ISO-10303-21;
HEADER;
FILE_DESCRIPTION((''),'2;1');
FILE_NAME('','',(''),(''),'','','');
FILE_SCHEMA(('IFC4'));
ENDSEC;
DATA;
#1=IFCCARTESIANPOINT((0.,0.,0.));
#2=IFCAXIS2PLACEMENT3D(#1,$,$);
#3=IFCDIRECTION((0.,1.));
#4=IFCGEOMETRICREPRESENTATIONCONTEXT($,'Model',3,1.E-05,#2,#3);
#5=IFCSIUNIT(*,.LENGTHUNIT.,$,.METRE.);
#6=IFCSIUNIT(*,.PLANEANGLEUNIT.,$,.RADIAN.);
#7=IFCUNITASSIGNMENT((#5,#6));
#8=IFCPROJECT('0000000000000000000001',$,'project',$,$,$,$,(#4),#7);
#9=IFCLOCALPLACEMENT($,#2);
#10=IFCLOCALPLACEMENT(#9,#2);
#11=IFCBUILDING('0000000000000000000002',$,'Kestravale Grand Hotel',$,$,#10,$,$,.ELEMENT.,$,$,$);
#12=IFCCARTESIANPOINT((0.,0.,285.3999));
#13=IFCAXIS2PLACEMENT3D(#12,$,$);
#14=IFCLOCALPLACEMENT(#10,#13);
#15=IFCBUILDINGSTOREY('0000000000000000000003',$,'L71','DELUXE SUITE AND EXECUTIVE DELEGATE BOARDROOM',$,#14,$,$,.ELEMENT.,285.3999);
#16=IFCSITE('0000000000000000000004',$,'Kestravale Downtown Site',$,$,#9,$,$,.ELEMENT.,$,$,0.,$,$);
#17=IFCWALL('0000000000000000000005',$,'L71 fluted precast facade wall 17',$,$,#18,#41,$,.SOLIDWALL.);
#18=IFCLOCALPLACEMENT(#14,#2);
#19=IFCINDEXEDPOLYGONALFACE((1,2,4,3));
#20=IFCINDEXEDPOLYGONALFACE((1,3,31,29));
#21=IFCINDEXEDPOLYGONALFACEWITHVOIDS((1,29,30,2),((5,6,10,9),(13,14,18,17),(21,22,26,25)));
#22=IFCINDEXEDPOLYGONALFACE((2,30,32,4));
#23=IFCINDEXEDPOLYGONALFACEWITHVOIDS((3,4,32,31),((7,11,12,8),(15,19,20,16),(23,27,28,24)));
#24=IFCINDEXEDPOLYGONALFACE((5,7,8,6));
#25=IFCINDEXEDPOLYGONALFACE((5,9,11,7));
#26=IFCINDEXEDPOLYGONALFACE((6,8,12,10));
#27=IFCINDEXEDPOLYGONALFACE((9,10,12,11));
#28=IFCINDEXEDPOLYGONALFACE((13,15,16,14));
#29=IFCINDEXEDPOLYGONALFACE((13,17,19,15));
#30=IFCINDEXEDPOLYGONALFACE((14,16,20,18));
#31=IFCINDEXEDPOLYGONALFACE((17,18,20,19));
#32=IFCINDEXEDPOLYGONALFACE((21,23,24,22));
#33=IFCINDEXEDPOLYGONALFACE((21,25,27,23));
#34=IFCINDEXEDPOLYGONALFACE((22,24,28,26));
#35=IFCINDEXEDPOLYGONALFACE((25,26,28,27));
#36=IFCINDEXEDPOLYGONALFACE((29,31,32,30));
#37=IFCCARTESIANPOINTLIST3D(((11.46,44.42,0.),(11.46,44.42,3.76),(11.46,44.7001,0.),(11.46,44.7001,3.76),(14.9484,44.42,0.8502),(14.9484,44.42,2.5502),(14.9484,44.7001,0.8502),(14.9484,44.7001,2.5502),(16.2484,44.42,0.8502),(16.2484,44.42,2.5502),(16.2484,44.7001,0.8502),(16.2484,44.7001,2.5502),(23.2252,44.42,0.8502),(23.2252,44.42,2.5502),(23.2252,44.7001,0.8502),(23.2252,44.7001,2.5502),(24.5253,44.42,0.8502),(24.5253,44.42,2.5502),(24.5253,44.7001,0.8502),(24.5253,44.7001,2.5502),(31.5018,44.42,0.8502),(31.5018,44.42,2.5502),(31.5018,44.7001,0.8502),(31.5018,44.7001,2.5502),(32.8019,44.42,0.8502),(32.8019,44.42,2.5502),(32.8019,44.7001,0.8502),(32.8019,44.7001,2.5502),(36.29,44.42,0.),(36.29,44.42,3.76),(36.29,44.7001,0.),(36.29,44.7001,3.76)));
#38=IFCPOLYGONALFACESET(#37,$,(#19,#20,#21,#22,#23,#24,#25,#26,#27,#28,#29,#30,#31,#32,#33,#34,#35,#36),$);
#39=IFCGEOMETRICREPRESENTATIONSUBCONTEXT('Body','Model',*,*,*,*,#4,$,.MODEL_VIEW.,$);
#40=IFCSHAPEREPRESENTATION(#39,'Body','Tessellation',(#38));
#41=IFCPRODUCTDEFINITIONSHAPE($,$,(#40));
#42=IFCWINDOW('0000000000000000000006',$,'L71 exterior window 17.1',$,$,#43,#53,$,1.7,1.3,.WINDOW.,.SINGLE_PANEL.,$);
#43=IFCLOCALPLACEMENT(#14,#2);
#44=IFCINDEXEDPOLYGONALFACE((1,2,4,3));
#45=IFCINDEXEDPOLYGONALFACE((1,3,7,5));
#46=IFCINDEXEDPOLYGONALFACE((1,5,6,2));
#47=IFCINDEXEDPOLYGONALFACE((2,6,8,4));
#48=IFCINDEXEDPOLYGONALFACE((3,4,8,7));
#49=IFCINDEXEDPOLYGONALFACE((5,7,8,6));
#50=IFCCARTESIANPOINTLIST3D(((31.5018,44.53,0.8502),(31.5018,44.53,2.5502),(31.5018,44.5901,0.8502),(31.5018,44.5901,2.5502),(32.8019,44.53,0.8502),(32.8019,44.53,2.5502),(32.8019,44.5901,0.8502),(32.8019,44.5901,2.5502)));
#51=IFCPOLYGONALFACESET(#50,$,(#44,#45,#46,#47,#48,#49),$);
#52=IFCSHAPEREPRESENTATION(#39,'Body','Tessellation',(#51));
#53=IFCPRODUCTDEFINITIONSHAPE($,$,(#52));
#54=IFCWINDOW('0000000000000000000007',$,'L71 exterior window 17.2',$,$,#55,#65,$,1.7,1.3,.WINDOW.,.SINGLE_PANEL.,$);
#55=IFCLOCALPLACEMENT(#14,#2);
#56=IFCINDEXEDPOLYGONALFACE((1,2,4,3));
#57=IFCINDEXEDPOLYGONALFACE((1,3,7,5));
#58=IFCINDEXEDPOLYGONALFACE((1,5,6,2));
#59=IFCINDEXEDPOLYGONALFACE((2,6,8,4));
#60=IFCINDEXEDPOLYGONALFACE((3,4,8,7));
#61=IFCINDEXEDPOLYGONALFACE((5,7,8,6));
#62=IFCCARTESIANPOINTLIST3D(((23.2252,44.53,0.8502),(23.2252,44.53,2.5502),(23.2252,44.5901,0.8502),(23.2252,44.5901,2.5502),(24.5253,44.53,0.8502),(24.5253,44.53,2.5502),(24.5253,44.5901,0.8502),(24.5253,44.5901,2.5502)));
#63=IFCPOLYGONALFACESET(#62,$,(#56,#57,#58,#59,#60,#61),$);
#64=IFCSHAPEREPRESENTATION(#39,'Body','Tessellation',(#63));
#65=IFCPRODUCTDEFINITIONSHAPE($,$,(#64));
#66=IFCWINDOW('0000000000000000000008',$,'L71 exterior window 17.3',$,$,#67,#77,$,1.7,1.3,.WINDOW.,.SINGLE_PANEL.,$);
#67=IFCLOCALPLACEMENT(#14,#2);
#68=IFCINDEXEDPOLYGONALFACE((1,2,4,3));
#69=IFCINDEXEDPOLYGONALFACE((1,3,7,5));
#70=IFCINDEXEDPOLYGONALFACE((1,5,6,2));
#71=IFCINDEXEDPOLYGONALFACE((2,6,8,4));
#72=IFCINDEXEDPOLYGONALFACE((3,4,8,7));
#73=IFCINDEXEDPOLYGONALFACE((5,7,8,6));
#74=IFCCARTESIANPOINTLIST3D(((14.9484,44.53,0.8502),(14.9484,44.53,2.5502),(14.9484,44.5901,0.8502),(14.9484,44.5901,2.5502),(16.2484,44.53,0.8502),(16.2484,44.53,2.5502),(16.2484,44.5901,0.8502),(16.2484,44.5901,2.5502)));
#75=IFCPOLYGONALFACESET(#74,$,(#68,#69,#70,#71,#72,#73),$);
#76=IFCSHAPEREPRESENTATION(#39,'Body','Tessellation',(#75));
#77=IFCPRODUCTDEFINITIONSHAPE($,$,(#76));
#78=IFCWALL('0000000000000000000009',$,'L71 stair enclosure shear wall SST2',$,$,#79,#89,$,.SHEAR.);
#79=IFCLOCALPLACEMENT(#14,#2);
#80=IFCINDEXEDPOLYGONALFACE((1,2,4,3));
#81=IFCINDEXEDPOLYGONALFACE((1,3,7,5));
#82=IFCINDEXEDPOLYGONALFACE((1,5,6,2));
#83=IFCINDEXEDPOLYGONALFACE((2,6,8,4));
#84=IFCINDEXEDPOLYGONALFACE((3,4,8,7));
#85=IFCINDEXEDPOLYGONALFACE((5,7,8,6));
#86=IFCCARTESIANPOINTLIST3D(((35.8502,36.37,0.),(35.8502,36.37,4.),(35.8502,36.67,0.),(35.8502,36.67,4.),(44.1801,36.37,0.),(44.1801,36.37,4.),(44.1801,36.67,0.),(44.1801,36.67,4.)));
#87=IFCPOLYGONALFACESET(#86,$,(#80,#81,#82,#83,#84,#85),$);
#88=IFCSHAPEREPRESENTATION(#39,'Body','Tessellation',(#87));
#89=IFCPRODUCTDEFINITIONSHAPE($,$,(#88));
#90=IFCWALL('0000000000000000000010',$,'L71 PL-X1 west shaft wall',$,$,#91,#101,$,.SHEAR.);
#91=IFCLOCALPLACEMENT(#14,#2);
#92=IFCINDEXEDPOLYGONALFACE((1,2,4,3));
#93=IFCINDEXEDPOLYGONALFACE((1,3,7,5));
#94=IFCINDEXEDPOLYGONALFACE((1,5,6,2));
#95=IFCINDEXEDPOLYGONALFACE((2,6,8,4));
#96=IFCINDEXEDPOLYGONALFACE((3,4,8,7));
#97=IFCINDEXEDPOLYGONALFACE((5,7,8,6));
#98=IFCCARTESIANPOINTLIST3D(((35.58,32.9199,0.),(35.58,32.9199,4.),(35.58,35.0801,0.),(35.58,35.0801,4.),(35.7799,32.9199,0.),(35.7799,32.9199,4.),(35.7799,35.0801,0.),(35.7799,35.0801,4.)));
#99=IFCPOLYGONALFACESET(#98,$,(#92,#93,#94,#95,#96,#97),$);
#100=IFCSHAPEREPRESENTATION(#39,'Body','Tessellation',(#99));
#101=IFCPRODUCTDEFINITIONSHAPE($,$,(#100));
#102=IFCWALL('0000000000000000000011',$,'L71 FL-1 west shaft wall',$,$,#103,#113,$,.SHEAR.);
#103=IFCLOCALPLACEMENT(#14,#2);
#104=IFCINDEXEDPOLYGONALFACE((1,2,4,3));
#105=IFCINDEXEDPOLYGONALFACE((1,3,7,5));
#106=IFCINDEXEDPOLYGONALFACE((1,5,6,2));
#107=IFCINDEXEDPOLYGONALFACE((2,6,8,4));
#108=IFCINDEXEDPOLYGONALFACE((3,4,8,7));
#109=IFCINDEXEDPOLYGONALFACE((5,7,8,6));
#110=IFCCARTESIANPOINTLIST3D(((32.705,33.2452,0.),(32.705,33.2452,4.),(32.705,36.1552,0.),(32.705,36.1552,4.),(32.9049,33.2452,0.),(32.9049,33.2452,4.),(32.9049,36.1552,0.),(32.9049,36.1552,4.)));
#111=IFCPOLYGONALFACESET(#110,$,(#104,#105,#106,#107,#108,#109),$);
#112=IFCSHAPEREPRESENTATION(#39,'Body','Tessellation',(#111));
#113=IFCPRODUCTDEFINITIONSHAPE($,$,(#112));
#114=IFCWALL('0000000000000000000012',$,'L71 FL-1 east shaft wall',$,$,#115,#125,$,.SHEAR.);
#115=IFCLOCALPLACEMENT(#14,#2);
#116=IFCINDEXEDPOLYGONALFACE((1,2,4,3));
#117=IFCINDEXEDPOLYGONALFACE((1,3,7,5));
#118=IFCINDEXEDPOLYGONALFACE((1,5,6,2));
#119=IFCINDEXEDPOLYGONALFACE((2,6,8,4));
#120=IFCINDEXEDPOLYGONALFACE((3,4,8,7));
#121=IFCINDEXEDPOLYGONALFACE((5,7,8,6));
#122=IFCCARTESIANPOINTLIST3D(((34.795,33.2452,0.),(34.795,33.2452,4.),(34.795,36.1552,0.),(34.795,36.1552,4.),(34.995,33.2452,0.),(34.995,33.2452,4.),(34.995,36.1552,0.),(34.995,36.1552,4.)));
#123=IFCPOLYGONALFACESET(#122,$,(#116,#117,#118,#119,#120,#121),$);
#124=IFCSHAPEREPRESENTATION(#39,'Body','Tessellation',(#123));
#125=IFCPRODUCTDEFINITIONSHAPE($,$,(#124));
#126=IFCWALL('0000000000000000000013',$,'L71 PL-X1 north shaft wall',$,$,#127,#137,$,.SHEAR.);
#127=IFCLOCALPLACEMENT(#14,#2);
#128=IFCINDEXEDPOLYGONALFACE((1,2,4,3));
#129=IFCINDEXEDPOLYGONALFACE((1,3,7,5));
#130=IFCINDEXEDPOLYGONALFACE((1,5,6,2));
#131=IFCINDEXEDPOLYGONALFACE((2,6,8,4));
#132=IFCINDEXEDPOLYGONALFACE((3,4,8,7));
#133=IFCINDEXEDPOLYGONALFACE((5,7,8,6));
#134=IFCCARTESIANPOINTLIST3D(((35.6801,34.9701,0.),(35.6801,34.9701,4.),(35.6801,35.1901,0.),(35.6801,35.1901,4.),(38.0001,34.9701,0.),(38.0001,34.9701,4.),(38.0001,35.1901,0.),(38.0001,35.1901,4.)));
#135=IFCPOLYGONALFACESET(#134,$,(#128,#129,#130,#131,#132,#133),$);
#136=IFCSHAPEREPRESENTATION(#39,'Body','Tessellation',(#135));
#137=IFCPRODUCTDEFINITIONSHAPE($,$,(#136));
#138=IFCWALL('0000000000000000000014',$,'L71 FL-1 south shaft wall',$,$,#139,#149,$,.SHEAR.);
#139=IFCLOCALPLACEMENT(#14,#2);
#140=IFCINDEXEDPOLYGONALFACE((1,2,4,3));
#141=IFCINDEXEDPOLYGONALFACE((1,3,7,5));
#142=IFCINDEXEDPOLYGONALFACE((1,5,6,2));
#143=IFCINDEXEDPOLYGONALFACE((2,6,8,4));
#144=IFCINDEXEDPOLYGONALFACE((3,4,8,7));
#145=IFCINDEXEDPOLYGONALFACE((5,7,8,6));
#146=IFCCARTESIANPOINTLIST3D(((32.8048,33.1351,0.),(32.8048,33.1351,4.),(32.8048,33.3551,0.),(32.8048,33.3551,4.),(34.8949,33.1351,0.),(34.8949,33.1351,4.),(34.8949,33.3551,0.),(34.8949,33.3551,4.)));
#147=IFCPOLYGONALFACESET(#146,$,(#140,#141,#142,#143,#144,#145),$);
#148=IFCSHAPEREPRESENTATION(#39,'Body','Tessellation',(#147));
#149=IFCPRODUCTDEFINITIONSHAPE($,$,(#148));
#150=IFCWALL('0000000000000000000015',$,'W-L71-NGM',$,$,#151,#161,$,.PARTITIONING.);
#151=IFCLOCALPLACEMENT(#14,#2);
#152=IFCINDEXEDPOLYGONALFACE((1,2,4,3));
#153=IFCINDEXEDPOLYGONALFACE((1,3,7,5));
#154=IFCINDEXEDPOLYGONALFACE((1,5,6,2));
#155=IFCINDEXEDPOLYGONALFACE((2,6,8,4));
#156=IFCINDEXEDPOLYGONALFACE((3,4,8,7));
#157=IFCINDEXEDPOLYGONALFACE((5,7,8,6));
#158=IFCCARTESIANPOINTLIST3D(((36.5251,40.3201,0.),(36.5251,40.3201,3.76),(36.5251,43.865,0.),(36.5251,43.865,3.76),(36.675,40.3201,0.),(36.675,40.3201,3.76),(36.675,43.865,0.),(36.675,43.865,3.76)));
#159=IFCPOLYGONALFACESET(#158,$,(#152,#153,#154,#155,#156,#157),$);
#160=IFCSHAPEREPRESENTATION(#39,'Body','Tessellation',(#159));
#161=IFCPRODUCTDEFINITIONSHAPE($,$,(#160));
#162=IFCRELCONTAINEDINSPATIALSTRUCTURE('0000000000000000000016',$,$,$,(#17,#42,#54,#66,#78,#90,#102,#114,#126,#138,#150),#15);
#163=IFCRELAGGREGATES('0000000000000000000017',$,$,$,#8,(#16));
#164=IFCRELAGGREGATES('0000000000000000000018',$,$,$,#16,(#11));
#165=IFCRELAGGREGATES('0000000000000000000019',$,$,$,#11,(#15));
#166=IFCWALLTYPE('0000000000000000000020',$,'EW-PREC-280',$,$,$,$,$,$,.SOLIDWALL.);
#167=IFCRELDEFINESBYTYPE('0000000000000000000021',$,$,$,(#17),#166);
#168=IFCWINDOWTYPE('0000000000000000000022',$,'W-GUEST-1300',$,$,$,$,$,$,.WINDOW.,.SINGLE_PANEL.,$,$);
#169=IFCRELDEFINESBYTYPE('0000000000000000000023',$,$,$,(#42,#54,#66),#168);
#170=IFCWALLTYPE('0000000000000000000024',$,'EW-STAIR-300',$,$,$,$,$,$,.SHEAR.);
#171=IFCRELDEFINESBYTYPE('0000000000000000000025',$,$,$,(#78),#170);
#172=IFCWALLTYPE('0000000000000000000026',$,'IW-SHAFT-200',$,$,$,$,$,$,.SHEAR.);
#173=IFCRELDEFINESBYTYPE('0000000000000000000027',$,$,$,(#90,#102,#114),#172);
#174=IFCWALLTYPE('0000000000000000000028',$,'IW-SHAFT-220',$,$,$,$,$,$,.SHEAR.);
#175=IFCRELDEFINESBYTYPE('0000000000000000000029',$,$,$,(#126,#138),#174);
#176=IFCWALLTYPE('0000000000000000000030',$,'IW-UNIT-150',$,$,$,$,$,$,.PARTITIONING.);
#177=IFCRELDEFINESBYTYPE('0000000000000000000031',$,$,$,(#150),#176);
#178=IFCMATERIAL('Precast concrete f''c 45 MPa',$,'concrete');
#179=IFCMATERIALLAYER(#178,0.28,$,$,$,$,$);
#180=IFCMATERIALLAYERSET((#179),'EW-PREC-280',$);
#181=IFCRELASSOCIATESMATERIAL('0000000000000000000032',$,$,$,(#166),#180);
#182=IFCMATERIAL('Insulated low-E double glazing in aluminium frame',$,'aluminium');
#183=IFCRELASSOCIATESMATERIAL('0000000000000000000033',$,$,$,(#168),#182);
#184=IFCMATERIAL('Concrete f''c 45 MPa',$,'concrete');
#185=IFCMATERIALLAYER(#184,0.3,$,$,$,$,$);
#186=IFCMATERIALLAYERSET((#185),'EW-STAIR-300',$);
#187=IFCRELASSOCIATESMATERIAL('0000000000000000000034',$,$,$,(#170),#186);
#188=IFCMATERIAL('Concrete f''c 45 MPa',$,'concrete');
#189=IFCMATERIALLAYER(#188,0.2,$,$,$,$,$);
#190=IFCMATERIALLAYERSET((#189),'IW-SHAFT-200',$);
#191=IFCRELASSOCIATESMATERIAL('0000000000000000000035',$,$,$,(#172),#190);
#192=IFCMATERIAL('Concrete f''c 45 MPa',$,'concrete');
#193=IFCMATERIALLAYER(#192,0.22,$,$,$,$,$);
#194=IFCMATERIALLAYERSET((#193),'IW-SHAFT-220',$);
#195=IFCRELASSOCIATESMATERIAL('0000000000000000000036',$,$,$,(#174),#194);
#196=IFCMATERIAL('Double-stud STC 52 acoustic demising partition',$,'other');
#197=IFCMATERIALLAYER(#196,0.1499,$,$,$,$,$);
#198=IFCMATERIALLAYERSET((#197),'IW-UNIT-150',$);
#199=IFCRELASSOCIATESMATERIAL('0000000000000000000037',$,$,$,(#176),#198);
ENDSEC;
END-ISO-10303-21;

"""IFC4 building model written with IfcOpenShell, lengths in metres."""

from ifc_helpers import new_model, si_unit, direction, frame, frame_2d, origin, place, context, subcontext, project, spatial, rectangle, extrude, material, layer, layer_set, type_object, element, fill, save


model = new_model("IFC4")

# Units and contexts
model_context = context("Model", 3, precision=1e-05, world=origin(), true_north=direction((0.0, 1.0)))
body_context = subcontext(model_context, "Body", "Model", "MODEL_VIEW")
ifc_project = project(units=[si_unit("LENGTHUNIT", "METRE"), si_unit("PLANEANGLEUNIT", "RADIAN")], contexts=[model_context])

# Site, building, storey
site_placement = place(None, origin())
site = spatial("IfcSite", under=ifc_project, at=site_placement, Name="Kestravale Downtown Site", CompositionType="ELEMENT", RefElevation=0.0)
building_placement = place(site_placement, origin())
building = spatial("IfcBuilding", under=site, at=building_placement, Name="Kestravale Grand Hotel", CompositionType="ELEMENT")
storey_placement = place(building_placement, frame((0.0, 0.0, 285.3999)))
storey = spatial("IfcBuildingStorey", under=building, at=storey_placement, Name="L71", Description="DELUXE SUITE AND EXECUTIVE DELEGATE BOARDROOM", CompositionType="ELEMENT", Elevation=285.3999)

# Wall, openings, windows
ifc_material_1 = material(Name="Precast concrete f'c 45 MPa", Category="concrete")
ifc_layer_1 = layer(ifc_material_1, 0.28)
ifc_layer_set_1 = layer_set([ifc_layer_1], Name="EW-PREC-280")
wall_type_1 = type_object("IfcWallType", Name="EW-PREC-280", PredefinedType="SOLIDWALL", material=ifc_layer_set_1)
wall_1_placement = place(storey_placement, frame((36.29, 44.5601, 0.0), z_axis=(0.0, 0.0, 1.0), x_axis=(-1.0, 0.0, 0.0)))
wall_1 = element("IfcWall", 1, at=wall_1_placement, inside=storey, type_object=wall_type_1, Name="L71 fluted precast facade wall 17", PredefinedType="SOLIDWALL", context=body_context, shape_type="SweptSolid", body=[
    extrude(rectangle(XDim=24.8301, YDim=0.28, at=frame_2d((12.415, 0.0))), origin(), (0.0, 0.0, 1.0), 3.76),
])
opening_1_placement = place(wall_1_placement, frame((3.4883, 0.0, 0.8501)))
opening_1 = element("IfcOpeningElement", 2, at=opening_1_placement, cuts=wall_1, PredefinedType="OPENING", context=body_context, shape_type="SweptSolid", body=[
    extrude(rectangle(XDim=1.3, YDim=1.7, at=frame_2d((0.6499, 0.8501))), frame((0.0, 0.1499, 0.0), z_axis=(0.0, -1.0, 0.0), x_axis=(1.0, 0.0, 0.0)), (0.0, 0.0, 1.0), 0.3),
])
opening_2_placement = place(wall_1_placement, frame((11.7649, 0.0, 0.8501)))
opening_2 = element("IfcOpeningElement", 3, at=opening_2_placement, cuts=wall_1, PredefinedType="OPENING", context=body_context, shape_type="SweptSolid", body=[
    extrude(rectangle(XDim=1.3, YDim=1.7, at=frame_2d((0.6499, 0.8501))), frame((0.0, 0.1499, 0.0), z_axis=(0.0, -1.0, 0.0), x_axis=(1.0, 0.0, 0.0)), (0.0, 0.0, 1.0), 0.3),
])
opening_3_placement = place(wall_1_placement, frame((20.0417, 0.0, 0.8501)))
opening_3 = element("IfcOpeningElement", 4, at=opening_3_placement, cuts=wall_1, PredefinedType="OPENING", context=body_context, shape_type="SweptSolid", body=[
    extrude(rectangle(XDim=1.3, YDim=1.7, at=frame_2d((0.6499, 0.8501))), frame((0.0, 0.1499, 0.0), z_axis=(0.0, -1.0, 0.0), x_axis=(1.0, 0.0, 0.0)), (0.0, 0.0, 1.0), 0.3),
])
ifc_material_2 = material(Name="Insulated low-E double glazing in aluminium frame", Category="aluminium")
window_type = type_object("IfcWindowType", Name="W-GUEST-1300", PartitioningType="SINGLE_PANEL", PredefinedType="WINDOW", material=ifc_material_2)
window_1_placement = place(opening_1_placement, origin())
window_1 = element("IfcWindow", 5, at=window_1_placement, inside=storey, type_object=window_type, Name="L71 exterior window 17.1", OverallHeight=1.7, OverallWidth=1.3, PartitioningType="SINGLE_PANEL", PredefinedType="WINDOW", context=body_context, shape_type="SweptSolid", body=[
    extrude(rectangle(XDim=1.3, YDim=1.7, at=frame_2d((0.6499, 0.8501))), frame((0.0, 0.03, 0.0), z_axis=(0.0, -1.0, 0.0), x_axis=(1.0, 0.0, 0.0)), (0.0, 0.0, 1.0), 0.0601),
])
fill(opening_1, window_1)
window_2_placement = place(opening_2_placement, origin())
window_2 = element("IfcWindow", 6, at=window_2_placement, inside=storey, type_object=window_type, Name="L71 exterior window 17.2", OverallHeight=1.7, OverallWidth=1.3, PartitioningType="SINGLE_PANEL", PredefinedType="WINDOW", context=body_context, shape_type="SweptSolid", body=[
    extrude(rectangle(XDim=1.3, YDim=1.7, at=frame_2d((0.6499, 0.8501))), frame((0.0, 0.03, 0.0), z_axis=(0.0, -1.0, 0.0), x_axis=(1.0, 0.0, 0.0)), (0.0, 0.0, 1.0), 0.0601),
])
fill(opening_2, window_2)
window_3_placement = place(opening_3_placement, origin())
window_3 = element("IfcWindow", 7, at=window_3_placement, inside=storey, type_object=window_type, Name="L71 exterior window 17.3", OverallHeight=1.7, OverallWidth=1.3, PartitioningType="SINGLE_PANEL", PredefinedType="WINDOW", context=body_context, shape_type="SweptSolid", body=[
    extrude(rectangle(XDim=1.3, YDim=1.7, at=frame_2d((0.6499, 0.8501))), frame((0.0, 0.03, 0.0), z_axis=(0.0, -1.0, 0.0), x_axis=(1.0, 0.0, 0.0)), (0.0, 0.0, 1.0), 0.0601),
])
fill(opening_3, window_3)

# Walls
ifc_material_3 = material(Name="Concrete f'c 45 MPa", Category="concrete")
ifc_layer_2 = layer(ifc_material_3, 0.3)
ifc_layer_set_2 = layer_set([ifc_layer_2], Name="EW-STAIR-300")
wall_type_2 = type_object("IfcWallType", Name="EW-STAIR-300", PredefinedType="SHEAR", material=ifc_layer_set_2)
wall_2_placement = place(storey_placement, frame((35.8501, 36.52, 0.0), z_axis=(0.0, 0.0, 1.0), x_axis=(1.0, 0.0, 0.0)))
element("IfcWall", 8, at=wall_2_placement, inside=storey, type_object=wall_type_2, Name="L71 stair enclosure shear wall SST2", PredefinedType="SHEAR", context=body_context, shape_type="SweptSolid", body=[
    extrude(rectangle(XDim=8.3298, YDim=0.3, at=frame_2d((4.165, 0.0))), origin(), (0.0, 0.0, 1.0), 4.0),
])
ifc_material_4 = material(Name="Concrete f'c 45 MPa", Category="concrete")
ifc_layer_3 = layer(ifc_material_4, 0.2)
ifc_layer_set_3 = layer_set([ifc_layer_3], Name="IW-SHAFT-200")
wall_type_3 = type_object("IfcWallType", Name="IW-SHAFT-200", PredefinedType="SHEAR", material=ifc_layer_set_3)
wall_3_placement = place(storey_placement, frame((35.6799, 32.9199, 0.0), z_axis=(0.0, 0.0, 1.0), x_axis=(0.0, 1.0, 0.0)))
element("IfcWall", 9, at=wall_3_placement, inside=storey, type_object=wall_type_3, Name="L71 PL-X1 west shaft wall", PredefinedType="SHEAR", context=body_context, shape_type="SweptSolid", body=[
    extrude(rectangle(XDim=2.1602, YDim=0.2, at=frame_2d((1.0801, 0.0))), origin(), (0.0, 0.0, 1.0), 4.0),
])
for number, where, z_axis, x_axis, name in (
    (10, (32.8049, 33.2451, 0.0), (0.0, 0.0, 1.0), (0.0, 1.0, 0.0), "L71 FL-1 west shaft wall"),
    (11, (34.895, 33.2451, 0.0), (0.0, 0.0, 1.0), (0.0, 1.0, 0.0), "L71 FL-1 east shaft wall"),
):
    element("IfcWall", number, at=place(storey_placement, frame(where, z_axis=z_axis, x_axis=x_axis)), inside=storey, type_object=wall_type_3, Name=name, PredefinedType="SHEAR", context=body_context, shape_type="SweptSolid", body=[
        extrude(rectangle(XDim=2.9099, YDim=0.2, at=frame_2d((1.4551, 0.0))), origin(), (0.0, 0.0, 1.0), 4.0),
    ])
ifc_material_5 = material(Name="Concrete f'c 45 MPa", Category="concrete")
ifc_layer_4 = layer(ifc_material_5, 0.22)
ifc_layer_set_4 = layer_set([ifc_layer_4], Name="IW-SHAFT-220")
wall_type_4 = type_object("IfcWallType", Name="IW-SHAFT-220", PredefinedType="SHEAR", material=ifc_layer_set_4)
wall_4_placement = place(storey_placement, frame((35.6799, 35.0801, 0.0), z_axis=(0.0, 0.0, 1.0), x_axis=(1.0, 0.0, 0.0)))
element("IfcWall", 12, at=wall_4_placement, inside=storey, type_object=wall_type_4, Name="L71 PL-X1 north shaft wall", PredefinedType="SHEAR", context=body_context, shape_type="SweptSolid", body=[
    extrude(rectangle(XDim=2.3201, YDim=0.22, at=frame_2d((1.1602, 0.0))), origin(), (0.0, 0.0, 1.0), 4.0),
])

# Walls
wall_5_placement = place(storey_placement, frame((32.8049, 33.2451, 0.0), z_axis=(0.0, 0.0, 1.0), x_axis=(1.0, 0.0, 0.0)))
element("IfcWall", 13, at=wall_5_placement, inside=storey, type_object=wall_type_4, Name="L71 FL-1 south shaft wall", PredefinedType="SHEAR", context=body_context, shape_type="SweptSolid", body=[
    extrude(rectangle(XDim=2.0901, YDim=0.22, at=frame_2d((1.0449, 0.0))), origin(), (0.0, 0.0, 1.0), 4.0),
])
ifc_material_6 = material(Name="Double-stud STC 52 acoustic demising partition", Category="other")
ifc_layer_5 = layer(ifc_material_6, 0.1499)
ifc_layer_set_5 = layer_set([ifc_layer_5], Name="IW-UNIT-150")
wall_type_5 = type_object("IfcWallType", Name="IW-UNIT-150", PredefinedType="PARTITIONING", material=ifc_layer_set_5)
wall_6_placement = place(storey_placement, frame((36.6001, 40.3201, 0.0), z_axis=(0.0, 0.0, 1.0), x_axis=(0.0, 1.0, 0.0)))
element("IfcWall", 14, at=wall_6_placement, inside=storey, type_object=wall_type_5, Name="W-L71-NGM", PredefinedType="PARTITIONING", context=body_context, shape_type="SweptSolid", body=[
    extrude(rectangle(XDim=3.5449, YDim=0.1499, at=frame_2d((1.7725, 0.0))), origin(), (0.0, 0.0, 1.0), 3.76),
])

save(model, "model.ifc")
